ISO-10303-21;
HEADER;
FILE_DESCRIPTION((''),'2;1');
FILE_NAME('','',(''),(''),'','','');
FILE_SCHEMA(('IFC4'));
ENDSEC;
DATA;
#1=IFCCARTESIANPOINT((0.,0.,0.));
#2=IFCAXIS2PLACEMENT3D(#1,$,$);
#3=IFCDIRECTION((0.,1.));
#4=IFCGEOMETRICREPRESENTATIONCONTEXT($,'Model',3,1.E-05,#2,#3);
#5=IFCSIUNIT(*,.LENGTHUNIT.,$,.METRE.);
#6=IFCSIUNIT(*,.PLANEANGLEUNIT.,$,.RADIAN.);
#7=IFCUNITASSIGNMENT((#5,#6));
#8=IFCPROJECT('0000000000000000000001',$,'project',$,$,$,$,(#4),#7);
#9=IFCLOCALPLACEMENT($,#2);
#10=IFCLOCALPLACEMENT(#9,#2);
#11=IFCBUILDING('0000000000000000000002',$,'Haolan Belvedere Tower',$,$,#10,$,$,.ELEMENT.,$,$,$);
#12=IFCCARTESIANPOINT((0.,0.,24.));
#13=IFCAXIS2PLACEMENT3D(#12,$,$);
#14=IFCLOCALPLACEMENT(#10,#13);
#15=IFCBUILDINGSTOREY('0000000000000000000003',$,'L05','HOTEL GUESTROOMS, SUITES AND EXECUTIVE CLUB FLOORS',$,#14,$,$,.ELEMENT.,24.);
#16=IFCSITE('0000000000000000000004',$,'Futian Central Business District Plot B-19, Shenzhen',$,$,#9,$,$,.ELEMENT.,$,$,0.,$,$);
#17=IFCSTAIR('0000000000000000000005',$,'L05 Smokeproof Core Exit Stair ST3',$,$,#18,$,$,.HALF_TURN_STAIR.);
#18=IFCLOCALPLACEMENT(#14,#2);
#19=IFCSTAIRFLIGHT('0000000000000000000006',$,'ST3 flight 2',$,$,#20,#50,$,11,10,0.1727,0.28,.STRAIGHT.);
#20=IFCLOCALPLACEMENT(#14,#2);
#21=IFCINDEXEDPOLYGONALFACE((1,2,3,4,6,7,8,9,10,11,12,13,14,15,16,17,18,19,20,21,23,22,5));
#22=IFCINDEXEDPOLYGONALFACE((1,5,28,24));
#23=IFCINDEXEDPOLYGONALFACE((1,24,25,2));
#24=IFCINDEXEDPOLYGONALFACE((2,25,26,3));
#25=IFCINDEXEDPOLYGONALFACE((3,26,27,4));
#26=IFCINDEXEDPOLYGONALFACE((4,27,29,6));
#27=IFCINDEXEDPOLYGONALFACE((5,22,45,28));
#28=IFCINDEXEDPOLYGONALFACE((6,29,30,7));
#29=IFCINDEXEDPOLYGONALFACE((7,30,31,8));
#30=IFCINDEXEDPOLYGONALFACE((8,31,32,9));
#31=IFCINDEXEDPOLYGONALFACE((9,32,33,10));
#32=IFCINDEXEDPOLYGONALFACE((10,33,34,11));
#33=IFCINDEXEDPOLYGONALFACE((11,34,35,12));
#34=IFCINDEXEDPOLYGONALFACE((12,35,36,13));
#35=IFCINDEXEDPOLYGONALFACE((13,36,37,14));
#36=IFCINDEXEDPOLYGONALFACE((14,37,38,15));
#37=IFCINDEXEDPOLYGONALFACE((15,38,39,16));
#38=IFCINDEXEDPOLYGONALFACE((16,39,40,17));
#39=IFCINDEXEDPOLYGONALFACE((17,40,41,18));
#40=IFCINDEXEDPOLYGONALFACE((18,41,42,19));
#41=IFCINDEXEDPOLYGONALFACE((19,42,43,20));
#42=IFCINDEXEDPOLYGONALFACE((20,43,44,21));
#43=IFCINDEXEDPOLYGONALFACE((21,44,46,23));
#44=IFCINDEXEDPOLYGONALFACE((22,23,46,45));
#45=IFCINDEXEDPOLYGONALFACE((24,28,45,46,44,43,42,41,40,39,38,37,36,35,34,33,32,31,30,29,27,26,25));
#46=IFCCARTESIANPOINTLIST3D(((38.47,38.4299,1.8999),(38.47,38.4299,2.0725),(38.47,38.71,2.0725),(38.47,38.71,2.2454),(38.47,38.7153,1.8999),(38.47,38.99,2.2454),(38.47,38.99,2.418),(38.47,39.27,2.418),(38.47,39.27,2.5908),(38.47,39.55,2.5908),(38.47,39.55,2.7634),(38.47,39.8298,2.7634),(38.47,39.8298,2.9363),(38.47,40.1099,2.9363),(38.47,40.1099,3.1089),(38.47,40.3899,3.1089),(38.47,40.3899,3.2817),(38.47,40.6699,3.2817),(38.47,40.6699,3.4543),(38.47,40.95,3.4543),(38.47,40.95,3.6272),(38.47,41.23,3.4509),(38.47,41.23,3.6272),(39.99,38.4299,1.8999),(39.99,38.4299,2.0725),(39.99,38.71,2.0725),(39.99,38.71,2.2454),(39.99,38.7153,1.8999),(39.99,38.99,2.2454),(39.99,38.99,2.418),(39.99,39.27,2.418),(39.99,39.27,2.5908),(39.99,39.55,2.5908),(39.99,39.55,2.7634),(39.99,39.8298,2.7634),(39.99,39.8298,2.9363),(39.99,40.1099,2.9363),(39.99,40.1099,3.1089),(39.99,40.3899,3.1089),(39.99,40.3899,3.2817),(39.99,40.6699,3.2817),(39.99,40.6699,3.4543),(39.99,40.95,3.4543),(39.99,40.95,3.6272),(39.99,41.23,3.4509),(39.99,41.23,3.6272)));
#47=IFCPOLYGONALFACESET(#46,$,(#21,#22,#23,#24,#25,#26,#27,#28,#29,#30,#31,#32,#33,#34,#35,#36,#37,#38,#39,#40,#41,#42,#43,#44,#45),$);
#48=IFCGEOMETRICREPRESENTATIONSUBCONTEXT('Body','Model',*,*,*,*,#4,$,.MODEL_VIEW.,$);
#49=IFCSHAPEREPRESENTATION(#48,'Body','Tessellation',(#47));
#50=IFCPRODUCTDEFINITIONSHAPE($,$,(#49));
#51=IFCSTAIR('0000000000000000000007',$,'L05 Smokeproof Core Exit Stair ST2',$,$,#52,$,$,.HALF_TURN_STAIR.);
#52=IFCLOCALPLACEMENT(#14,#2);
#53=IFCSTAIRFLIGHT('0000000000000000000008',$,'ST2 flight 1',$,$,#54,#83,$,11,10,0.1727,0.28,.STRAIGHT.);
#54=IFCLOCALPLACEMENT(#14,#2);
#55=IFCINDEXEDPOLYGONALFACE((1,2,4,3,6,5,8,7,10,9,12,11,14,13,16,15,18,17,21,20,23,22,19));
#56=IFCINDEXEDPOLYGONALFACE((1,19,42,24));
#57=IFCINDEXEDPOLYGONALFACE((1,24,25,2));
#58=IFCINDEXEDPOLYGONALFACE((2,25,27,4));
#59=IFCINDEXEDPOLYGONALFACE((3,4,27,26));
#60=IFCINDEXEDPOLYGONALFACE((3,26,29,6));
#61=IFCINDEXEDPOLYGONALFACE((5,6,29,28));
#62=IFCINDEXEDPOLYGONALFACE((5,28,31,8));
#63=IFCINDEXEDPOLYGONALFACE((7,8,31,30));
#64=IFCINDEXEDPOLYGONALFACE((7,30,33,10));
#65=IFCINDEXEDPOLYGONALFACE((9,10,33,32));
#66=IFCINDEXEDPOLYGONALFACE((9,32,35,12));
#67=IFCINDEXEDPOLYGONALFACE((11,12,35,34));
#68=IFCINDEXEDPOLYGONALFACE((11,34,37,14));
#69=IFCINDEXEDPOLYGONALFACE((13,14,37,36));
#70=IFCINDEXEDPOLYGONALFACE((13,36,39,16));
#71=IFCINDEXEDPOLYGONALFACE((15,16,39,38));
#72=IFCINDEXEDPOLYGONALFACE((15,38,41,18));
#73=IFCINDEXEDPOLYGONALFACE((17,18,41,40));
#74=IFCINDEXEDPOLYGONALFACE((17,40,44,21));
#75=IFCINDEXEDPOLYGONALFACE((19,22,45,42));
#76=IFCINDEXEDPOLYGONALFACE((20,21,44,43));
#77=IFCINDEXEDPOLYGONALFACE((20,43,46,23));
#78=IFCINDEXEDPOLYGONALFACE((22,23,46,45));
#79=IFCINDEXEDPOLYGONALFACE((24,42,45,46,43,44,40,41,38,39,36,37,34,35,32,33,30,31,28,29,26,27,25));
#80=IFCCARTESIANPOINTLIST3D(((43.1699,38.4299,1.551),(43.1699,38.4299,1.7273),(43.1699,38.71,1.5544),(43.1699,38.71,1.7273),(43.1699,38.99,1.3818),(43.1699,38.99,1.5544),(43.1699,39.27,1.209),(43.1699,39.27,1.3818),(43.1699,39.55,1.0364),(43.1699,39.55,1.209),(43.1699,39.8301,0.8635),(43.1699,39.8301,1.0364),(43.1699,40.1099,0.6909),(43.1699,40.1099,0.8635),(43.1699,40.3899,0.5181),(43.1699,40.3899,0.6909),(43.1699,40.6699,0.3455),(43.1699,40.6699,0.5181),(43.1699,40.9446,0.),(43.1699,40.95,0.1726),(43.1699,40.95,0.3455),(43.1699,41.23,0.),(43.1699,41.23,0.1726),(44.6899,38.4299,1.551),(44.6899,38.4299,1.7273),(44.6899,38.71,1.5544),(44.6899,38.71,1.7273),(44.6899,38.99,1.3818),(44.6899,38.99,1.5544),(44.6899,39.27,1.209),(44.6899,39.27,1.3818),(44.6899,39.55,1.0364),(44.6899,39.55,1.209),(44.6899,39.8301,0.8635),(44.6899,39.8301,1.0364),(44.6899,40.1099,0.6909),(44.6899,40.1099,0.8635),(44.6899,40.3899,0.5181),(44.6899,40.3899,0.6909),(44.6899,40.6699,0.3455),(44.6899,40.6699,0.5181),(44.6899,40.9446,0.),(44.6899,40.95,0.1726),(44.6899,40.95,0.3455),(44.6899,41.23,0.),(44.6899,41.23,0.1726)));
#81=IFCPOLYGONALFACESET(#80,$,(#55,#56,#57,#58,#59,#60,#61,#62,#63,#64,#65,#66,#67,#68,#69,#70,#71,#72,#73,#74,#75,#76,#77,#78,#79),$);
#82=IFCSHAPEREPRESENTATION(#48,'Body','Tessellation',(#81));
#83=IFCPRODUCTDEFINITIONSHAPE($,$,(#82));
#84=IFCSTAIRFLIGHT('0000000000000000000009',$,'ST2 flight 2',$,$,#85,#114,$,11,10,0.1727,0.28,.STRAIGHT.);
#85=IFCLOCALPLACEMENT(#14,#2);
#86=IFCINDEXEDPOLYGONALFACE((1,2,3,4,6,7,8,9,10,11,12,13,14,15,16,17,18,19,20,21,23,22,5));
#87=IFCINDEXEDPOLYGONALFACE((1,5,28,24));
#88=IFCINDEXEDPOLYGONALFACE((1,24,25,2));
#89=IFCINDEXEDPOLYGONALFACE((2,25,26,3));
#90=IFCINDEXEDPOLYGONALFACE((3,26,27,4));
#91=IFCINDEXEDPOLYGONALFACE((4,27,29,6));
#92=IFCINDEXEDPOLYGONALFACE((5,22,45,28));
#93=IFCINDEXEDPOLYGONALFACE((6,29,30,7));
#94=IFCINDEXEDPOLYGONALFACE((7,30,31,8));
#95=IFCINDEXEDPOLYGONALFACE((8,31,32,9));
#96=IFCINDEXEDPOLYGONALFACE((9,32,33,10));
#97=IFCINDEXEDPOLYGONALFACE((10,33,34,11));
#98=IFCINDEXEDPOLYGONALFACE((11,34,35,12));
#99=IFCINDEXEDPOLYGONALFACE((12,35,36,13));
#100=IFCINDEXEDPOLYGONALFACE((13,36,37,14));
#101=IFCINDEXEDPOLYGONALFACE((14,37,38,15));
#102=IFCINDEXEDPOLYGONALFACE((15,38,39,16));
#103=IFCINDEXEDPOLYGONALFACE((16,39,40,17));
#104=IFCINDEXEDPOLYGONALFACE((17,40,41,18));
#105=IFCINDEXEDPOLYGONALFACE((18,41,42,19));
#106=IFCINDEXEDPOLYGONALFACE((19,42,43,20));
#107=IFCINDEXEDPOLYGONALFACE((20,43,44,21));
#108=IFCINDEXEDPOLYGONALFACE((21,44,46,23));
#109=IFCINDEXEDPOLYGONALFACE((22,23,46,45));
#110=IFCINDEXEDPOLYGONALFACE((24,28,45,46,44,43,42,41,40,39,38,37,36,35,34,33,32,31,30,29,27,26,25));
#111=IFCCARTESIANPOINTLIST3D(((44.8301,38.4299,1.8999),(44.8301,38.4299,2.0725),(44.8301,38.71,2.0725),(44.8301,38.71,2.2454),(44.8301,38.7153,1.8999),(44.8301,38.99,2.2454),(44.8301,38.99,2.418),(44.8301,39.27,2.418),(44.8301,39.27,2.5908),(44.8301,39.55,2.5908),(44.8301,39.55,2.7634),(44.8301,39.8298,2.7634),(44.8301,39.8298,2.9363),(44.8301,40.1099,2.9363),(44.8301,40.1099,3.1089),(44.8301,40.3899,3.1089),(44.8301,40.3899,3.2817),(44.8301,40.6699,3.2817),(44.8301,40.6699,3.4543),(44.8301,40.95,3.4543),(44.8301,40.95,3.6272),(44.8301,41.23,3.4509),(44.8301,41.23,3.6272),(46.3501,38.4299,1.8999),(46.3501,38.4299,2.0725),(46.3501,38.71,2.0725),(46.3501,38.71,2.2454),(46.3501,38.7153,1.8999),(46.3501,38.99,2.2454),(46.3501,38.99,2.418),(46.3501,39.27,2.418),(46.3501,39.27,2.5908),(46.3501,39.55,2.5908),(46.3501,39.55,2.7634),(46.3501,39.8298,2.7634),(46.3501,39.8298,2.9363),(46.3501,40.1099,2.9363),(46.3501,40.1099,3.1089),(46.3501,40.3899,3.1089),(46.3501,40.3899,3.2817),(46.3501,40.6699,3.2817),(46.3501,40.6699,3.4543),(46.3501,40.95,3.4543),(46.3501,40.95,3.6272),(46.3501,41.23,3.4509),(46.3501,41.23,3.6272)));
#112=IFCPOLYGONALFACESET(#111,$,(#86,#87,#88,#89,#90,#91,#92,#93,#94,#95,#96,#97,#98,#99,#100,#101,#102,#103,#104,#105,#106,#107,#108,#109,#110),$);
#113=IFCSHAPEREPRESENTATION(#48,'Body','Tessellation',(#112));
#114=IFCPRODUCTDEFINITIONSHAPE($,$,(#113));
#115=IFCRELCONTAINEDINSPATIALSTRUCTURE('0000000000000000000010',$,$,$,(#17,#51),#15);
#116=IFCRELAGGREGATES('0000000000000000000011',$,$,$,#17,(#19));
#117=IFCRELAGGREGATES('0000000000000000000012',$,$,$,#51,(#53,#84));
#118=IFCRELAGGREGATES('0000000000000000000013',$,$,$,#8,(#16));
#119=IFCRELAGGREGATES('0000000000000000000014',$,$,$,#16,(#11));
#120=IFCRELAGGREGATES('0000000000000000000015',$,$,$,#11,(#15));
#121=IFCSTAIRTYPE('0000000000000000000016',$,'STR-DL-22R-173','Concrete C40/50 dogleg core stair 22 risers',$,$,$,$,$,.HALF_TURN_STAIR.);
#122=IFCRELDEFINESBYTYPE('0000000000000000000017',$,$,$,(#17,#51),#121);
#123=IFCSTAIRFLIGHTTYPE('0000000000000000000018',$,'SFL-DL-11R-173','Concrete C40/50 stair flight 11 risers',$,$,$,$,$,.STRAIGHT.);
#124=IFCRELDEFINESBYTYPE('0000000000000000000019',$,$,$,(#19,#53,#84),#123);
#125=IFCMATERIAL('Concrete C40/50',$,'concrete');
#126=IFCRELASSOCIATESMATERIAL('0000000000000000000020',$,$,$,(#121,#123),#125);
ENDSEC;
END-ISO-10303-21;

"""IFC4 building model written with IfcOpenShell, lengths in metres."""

from ifc_helpers import new_model, si_unit, direction, frame, origin, place, context, subcontext, project, spatial, polyline, outline, extrude, material, type_object, element, aggregate, save


model = new_model("IFC4")

# Units and contexts
model_context = context("Model", 3, precision=1e-05, world=origin(), true_north=direction((0.0, 1.0)))
body_context = subcontext(model_context, "Body", "Model", "MODEL_VIEW")
ifc_project = project(units=[si_unit("LENGTHUNIT", "METRE"), si_unit("PLANEANGLEUNIT", "RADIAN")], contexts=[model_context])

# Site, building, storey
site_placement = place(None, origin())
site = spatial("IfcSite", under=ifc_project, at=site_placement, Name="Futian Central Business District Plot B-19, Shenzhen", CompositionType="ELEMENT", RefElevation=0.0)
building_placement = place(site_placement, origin())
building = spatial("IfcBuilding", under=site, at=building_placement, Name="Haolan Belvedere Tower", CompositionType="ELEMENT")
storey_placement = place(building_placement, frame((0.0, 0.0, 24.0)))
storey = spatial("IfcBuildingStorey", under=building, at=storey_placement, Name="L05", Description="HOTEL GUESTROOMS, SUITES AND EXECUTIVE CLUB FLOORS", CompositionType="ELEMENT", Elevation=24.0)

# Stairs, stair flights
ifc_material_1 = material(Name="Concrete C40/50", Category="concrete")
stair_type = type_object("IfcStairType", Name="STR-DL-22R-173", Description="Concrete C40/50 dogleg core stair 22 risers", PredefinedType="HALF_TURN_STAIR", material=ifc_material_1)
stair_1_placement = place(storey_placement, origin())
stair_1 = element("IfcStair", 1, at=stair_1_placement, inside=storey, type_object=stair_type, Name="L05 Smokeproof Core Exit Stair ST3", PredefinedType="HALF_TURN_STAIR")
stair_flight_type = type_object("IfcStairFlightType", Name="SFL-DL-11R-173", Description="Concrete C40/50 stair flight 11 risers", PredefinedType="STRAIGHT", material=ifc_material_1)
stair_flight_1_placement = place(storey_placement, frame((39.23, 38.4299, 1.8999), z_axis=(0.0, 0.0, 1.0), x_axis=(0.0, 1.0, 0.0)))
stair_flight_1 = element("IfcStairFlight", 2, at=stair_flight_1_placement, type_object=stair_flight_type, Name="ST3 flight 2", NumberOfRisers=11, NumberOfTreads=10, PredefinedType="STRAIGHT", RiserHeight=0.1727, TreadLength=0.28, context=body_context, shape_type="SweptSolid", body=[
    extrude(outline(polyline([(0.0, 0.0), (0.0, 0.1726), (0.28, 0.1726), (0.28, 0.3455), (0.5601, 0.3455), (0.5601, 0.5181), (0.8401, 0.5181), (0.8401, 0.6909), (1.1201, 0.6909), (1.1201, 0.8635), (1.3999, 0.8635), (1.3999, 1.0364), (1.6799, 1.0364), (1.6799, 1.209), (1.96, 1.209), (1.96, 1.3818), (2.24, 1.3818), (2.24, 1.5544), (2.52, 1.5544), (2.52, 1.7273), (2.8, 1.7273), (2.8, 1.8999), (2.8, 1.551), (0.2854, 0.0), (0.0, 0.0)])), frame((0.0, 0.76, 0.0), z_axis=(0.0, -1.0, 0.0), x_axis=(1.0, 0.0, 0.0)), (0.0, 0.0, 1.0), 1.52),
])
aggregate(stair_1, [stair_flight_1])
stair_2_placement = place(storey_placement, origin())
stair_2 = element("IfcStair", 3, at=stair_2_placement, inside=storey, type_object=stair_type, Name="L05 Smokeproof Core Exit Stair ST2", PredefinedType="HALF_TURN_STAIR")
stair_flight_2_placement = place(storey_placement, frame((43.9299, 41.23, 0.0), z_axis=(0.0, 0.0, 1.0), x_axis=(0.0, -1.0, 0.0)))
stair_flight_2 = element("IfcStairFlight", 4, at=stair_flight_2_placement, type_object=stair_flight_type, Name="ST2 flight 1", NumberOfRisers=11, NumberOfTreads=10, PredefinedType="STRAIGHT", RiserHeight=0.1727, TreadLength=0.28, context=body_context, shape_type="SweptSolid", body=[
    extrude(outline(polyline([(0.0, 0.0), (0.0, 0.1726), (0.28, 0.1726), (0.28, 0.3455), (0.5601, 0.3455), (0.5601, 0.5181), (0.8401, 0.5181), (0.8401, 0.6909), (1.1201, 0.6909), (1.1201, 0.8635), (1.3999, 0.8635), (1.3999, 1.0364), (1.6799, 1.0364), (1.6799, 1.209), (1.96, 1.209), (1.96, 1.3818), (2.24, 1.3818), (2.24, 1.5544), (2.52, 1.5544), (2.52, 1.7273), (2.8, 1.7273), (2.8, 1.8999), (2.8, 1.551), (0.2854, 0.0), (0.0, 0.0)])), frame((0.0, 0.76, 0.0), z_axis=(0.0, -1.0, 0.0), x_axis=(1.0, 0.0, 0.0)), (0.0, 0.0, 1.0), 1.52),
])
stair_flight_3_placement = place(storey_placement, frame((45.5901, 38.4299, 1.8999), z_axis=(0.0, 0.0, 1.0), x_axis=(0.0, 1.0, 0.0)))
stair_flight_3 = element("IfcStairFlight", 5, at=stair_flight_3_placement, type_object=stair_flight_type, Name="ST2 flight 2", NumberOfRisers=11, NumberOfTreads=10, PredefinedType="STRAIGHT", RiserHeight=0.1727, TreadLength=0.28, context=body_context, shape_type="SweptSolid", body=[
    extrude(outline(polyline([(0.0, 0.0), (0.0, 0.1726), (0.28, 0.1726), (0.28, 0.3455), (0.5601, 0.3455), (0.5601, 0.5181), (0.8401, 0.5181), (0.8401, 0.6909), (1.1201, 0.6909), (1.1201, 0.8635), (1.3999, 0.8635), (1.3999, 1.0364), (1.6799, 1.0364), (1.6799, 1.209), (1.96, 1.209), (1.96, 1.3818), (2.24, 1.3818), (2.24, 1.5544), (2.52, 1.5544), (2.52, 1.7273), (2.8, 1.7273), (2.8, 1.8999), (2.8, 1.551), (0.2854, 0.0), (0.0, 0.0)])), frame((0.0, 0.76, 0.0), z_axis=(0.0, -1.0, 0.0), x_axis=(1.0, 0.0, 0.0)), (0.0, 0.0, 1.0), 1.52),
])
aggregate(stair_2, [stair_flight_2, stair_flight_3])

save(model, "model.ifc")
